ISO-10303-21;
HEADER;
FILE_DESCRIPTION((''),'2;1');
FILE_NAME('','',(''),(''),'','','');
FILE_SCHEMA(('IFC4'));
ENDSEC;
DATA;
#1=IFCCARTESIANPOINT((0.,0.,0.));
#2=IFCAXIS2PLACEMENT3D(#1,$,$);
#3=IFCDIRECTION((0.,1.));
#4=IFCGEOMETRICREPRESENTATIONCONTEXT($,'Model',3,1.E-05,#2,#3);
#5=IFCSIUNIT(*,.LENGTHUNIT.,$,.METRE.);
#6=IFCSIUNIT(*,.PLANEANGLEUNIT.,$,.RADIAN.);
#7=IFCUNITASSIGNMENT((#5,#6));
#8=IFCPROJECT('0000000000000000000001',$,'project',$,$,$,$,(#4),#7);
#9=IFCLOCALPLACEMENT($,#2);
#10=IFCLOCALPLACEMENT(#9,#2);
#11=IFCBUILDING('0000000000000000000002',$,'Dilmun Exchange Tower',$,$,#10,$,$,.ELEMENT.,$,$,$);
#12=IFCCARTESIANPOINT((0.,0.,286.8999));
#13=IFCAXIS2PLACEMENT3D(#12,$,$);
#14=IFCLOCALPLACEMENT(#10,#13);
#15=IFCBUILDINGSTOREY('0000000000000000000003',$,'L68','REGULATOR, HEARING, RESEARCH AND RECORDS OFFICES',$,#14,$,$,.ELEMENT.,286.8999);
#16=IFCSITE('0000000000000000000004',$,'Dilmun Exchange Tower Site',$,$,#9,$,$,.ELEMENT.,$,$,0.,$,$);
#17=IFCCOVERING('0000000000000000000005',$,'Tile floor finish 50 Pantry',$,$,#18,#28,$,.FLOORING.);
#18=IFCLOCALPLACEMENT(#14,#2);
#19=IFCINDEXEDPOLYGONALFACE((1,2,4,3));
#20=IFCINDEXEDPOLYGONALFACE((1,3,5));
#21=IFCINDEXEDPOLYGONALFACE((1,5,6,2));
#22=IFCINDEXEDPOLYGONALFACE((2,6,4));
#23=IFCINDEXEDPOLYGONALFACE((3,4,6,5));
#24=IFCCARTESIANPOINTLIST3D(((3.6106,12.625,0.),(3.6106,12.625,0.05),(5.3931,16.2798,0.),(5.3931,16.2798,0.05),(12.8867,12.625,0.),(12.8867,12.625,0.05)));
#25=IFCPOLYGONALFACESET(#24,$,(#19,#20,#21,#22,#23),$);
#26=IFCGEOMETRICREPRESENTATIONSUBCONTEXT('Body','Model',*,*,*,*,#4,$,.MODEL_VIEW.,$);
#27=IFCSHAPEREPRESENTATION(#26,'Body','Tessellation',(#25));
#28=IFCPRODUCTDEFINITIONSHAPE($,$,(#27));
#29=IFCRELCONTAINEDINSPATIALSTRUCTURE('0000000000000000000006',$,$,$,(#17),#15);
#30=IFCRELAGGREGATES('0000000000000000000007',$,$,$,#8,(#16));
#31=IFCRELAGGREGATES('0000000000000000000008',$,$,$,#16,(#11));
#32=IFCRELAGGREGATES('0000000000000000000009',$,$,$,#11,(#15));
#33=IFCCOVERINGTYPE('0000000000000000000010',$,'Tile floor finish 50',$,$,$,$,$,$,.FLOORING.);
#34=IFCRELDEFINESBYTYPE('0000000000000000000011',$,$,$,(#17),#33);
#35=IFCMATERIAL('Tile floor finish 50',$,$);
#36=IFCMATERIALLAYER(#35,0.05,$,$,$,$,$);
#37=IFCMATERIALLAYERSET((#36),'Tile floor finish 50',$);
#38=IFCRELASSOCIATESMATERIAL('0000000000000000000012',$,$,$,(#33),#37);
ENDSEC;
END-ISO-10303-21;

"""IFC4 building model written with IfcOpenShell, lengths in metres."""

from ifc_helpers import new_model, si_unit, direction, frame, origin, place, context, subcontext, project, spatial, polyline, outline, extrude, material, layer, layer_set, type_object, element, save


model = new_model("IFC4")

# Units and contexts
model_context = context("Model", 3, precision=1e-05, world=origin(), true_north=direction((0.0, 1.0)))
body_context = subcontext(model_context, "Body", "Model", "MODEL_VIEW")
ifc_project = project(units=[si_unit("LENGTHUNIT", "METRE"), si_unit("PLANEANGLEUNIT", "RADIAN")], contexts=[model_context])

# Site, building, storey
site_placement = place(None, origin())
site = spatial("IfcSite", under=ifc_project, at=site_placement, Name="Dilmun Exchange Tower Site", CompositionType="ELEMENT", RefElevation=0.0)
building_placement = place(site_placement, origin())
building = spatial("IfcBuilding", under=site, at=building_placement, Name="Dilmun Exchange Tower", CompositionType="ELEMENT")
storey_placement = place(building_placement, frame((0.0, 0.0, 286.8999)))
storey = spatial("IfcBuildingStorey", under=building, at=storey_placement, Name="L68", Description="REGULATOR, HEARING, RESEARCH AND RECORDS OFFICES", CompositionType="ELEMENT", Elevation=286.8999)

# Covering
ifc_material_1 = material(Name="Tile floor finish 50")
ifc_layer_1 = layer(ifc_material_1, 0.05)
ifc_layer_set_1 = layer_set([ifc_layer_1], Name="Tile floor finish 50")
covering_type_1 = type_object("IfcCoveringType", Name="Tile floor finish 50", PredefinedType="FLOORING", material=ifc_layer_set_1)
covering_1_placement = place(storey_placement, origin())
element("IfcCovering", 1, at=covering_1_placement, inside=storey, type_object=covering_type_1, Name="Tile floor finish 50 Pantry", PredefinedType="FLOORING", context=body_context, shape_type="SweptSolid", body=[
    extrude(outline(polyline([(3.6106, 12.625), (5.3931, 16.2798), (12.8867, 12.625), (3.6106, 12.625)])), origin(), (0.0, 0.0, 1.0), 0.05),
])

save(model, "model.ifc")
